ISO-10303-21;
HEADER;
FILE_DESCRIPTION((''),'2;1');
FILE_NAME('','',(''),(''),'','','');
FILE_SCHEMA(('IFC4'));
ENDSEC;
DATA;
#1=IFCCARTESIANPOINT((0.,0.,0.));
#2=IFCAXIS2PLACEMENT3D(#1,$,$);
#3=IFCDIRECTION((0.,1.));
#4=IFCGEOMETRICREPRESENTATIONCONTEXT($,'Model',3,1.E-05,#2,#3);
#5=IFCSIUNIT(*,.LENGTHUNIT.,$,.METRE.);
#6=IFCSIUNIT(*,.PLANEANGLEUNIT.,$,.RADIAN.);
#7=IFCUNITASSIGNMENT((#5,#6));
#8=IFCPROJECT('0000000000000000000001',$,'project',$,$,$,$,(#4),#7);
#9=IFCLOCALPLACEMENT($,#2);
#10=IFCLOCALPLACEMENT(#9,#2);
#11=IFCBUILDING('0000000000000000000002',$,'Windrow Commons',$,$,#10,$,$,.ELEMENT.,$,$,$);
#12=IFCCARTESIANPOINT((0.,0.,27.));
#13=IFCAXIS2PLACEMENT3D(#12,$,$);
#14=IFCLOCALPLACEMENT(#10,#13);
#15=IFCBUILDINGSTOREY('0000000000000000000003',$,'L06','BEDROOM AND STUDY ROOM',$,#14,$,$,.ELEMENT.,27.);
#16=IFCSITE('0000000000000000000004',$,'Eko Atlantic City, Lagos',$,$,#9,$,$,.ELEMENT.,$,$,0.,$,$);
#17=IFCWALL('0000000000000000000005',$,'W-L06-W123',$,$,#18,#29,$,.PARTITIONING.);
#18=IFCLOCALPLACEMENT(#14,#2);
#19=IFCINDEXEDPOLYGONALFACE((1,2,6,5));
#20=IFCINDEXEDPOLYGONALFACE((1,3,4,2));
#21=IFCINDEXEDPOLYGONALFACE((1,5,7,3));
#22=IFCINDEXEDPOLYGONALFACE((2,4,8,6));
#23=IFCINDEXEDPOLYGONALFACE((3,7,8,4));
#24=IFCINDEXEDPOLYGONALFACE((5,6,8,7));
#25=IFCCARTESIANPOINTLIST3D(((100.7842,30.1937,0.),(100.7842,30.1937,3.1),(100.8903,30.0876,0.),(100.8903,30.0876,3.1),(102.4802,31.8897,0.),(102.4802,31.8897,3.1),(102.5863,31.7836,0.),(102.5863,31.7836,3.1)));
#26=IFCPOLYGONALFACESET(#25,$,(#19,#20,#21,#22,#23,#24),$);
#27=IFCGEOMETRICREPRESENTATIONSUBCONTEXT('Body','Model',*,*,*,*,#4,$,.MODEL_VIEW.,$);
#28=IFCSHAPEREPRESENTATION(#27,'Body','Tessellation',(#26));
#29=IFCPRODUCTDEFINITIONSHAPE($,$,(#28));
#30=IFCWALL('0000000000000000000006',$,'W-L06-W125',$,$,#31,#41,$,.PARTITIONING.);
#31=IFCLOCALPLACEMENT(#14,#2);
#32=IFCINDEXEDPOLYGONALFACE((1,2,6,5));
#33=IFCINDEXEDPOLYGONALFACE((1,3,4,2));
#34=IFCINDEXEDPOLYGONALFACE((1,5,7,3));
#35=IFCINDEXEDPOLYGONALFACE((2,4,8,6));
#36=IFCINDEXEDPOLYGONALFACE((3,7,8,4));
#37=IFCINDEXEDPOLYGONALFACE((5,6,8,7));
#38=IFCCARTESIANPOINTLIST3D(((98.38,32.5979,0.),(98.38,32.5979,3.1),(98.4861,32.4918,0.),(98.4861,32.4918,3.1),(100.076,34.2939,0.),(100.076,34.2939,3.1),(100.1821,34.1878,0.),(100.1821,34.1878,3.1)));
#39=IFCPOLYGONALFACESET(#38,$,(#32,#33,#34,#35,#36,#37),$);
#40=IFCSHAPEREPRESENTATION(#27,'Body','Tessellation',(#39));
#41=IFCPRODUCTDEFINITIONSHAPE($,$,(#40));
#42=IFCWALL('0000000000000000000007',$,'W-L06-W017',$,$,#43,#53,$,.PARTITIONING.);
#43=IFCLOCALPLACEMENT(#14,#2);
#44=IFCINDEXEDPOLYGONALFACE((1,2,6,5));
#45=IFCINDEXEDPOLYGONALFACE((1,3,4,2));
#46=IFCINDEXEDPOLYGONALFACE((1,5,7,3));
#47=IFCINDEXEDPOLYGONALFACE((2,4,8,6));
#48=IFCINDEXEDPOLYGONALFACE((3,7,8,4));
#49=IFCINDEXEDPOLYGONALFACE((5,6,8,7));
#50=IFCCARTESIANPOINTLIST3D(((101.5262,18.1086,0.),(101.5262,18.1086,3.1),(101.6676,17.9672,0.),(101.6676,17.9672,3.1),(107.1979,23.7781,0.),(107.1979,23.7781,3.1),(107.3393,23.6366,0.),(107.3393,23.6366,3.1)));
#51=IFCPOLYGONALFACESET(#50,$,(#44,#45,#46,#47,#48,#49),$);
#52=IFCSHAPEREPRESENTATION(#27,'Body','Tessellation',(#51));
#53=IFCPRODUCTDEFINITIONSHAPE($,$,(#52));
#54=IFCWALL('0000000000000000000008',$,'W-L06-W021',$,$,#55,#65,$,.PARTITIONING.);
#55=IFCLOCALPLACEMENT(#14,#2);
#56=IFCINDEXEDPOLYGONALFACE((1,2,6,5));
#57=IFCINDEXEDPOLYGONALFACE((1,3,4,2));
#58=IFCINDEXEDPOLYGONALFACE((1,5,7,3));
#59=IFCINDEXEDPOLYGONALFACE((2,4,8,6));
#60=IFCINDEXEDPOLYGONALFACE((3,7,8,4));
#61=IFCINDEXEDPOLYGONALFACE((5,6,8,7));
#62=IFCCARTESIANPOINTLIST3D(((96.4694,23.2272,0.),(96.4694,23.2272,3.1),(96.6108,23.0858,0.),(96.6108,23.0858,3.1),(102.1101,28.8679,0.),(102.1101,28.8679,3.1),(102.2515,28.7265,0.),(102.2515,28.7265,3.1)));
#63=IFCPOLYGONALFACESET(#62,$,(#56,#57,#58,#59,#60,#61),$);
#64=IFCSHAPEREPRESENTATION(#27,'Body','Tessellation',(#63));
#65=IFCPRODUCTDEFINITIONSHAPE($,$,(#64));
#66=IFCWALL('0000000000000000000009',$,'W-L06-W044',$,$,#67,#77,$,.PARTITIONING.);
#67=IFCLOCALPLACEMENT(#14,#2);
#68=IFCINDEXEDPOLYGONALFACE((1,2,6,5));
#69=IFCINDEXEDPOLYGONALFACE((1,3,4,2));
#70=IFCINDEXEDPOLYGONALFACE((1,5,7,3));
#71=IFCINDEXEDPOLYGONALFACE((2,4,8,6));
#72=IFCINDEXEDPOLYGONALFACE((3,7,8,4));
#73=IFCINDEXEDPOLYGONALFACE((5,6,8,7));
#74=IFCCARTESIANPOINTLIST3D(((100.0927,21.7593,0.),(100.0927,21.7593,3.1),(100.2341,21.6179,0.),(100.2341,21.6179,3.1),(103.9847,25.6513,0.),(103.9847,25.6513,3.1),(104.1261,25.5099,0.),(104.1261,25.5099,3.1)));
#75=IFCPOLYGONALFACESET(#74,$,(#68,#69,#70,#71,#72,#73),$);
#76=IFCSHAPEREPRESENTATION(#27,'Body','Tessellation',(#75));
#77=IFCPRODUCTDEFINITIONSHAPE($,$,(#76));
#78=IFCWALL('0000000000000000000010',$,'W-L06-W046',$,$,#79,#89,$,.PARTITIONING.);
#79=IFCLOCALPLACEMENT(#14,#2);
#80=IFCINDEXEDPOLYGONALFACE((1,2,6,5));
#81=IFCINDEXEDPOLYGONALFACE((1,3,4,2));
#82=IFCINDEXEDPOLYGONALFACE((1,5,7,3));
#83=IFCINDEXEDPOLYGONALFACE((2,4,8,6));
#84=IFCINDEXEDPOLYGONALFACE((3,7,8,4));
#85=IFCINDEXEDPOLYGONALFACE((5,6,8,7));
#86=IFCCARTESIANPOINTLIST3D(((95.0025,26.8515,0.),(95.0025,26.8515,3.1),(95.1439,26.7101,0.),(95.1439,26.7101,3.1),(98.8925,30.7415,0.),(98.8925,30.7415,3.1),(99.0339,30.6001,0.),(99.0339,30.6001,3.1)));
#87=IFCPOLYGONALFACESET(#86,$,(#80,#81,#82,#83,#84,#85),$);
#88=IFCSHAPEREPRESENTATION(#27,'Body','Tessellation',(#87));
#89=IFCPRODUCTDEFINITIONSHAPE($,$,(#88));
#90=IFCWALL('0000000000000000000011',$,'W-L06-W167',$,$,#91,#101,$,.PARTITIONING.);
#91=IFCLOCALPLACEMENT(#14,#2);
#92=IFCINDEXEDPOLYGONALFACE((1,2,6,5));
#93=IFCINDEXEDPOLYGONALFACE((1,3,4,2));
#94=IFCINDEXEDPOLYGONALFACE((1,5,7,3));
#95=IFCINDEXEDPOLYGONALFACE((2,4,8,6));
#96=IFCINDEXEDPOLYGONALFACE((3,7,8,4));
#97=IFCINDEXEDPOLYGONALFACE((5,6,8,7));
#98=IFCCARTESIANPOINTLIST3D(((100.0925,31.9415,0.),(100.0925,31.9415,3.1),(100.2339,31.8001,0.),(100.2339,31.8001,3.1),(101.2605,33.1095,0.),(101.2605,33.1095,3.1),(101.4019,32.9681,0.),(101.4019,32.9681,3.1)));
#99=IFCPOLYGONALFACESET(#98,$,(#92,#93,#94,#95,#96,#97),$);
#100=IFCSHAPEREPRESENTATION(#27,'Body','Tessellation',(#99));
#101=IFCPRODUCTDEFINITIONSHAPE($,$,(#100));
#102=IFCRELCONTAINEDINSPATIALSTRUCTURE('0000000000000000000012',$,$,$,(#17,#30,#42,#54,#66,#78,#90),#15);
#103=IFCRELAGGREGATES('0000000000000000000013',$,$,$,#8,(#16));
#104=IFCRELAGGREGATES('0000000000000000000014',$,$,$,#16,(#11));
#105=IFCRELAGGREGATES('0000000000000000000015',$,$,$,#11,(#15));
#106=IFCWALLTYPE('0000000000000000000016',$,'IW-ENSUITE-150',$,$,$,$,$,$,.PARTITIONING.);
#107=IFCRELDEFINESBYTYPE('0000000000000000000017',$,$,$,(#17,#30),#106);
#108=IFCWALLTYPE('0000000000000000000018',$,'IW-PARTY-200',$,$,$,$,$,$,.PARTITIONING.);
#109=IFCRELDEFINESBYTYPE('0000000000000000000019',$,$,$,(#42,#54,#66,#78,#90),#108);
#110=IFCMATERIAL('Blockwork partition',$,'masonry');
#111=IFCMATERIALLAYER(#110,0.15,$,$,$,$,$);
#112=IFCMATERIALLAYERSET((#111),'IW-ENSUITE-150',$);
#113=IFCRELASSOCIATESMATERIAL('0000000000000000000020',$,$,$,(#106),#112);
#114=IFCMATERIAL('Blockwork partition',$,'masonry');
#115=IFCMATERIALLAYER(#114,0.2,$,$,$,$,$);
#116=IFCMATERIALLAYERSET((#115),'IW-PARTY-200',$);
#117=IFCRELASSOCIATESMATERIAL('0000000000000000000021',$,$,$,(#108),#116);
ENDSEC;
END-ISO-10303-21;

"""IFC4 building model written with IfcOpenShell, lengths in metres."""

from ifc_helpers import new_model, si_unit, direction, frame, frame_2d, origin, place, context, subcontext, project, spatial, rectangle, extrude, material, layer, layer_set, type_object, element, save


model = new_model("IFC4")

# Units and contexts
model_context = context("Model", 3, precision=1e-05, world=origin(), true_north=direction((0.0, 1.0)))
body_context = subcontext(model_context, "Body", "Model", "MODEL_VIEW")
ifc_project = project(units=[si_unit("LENGTHUNIT", "METRE"), si_unit("PLANEANGLEUNIT", "RADIAN")], contexts=[model_context])

# Site, building, storey
site_placement = place(None, origin())
site = spatial("IfcSite", under=ifc_project, at=site_placement, Name="Eko Atlantic City, Lagos", CompositionType="ELEMENT", RefElevation=0.0)
building_placement = place(site_placement, origin())
building = spatial("IfcBuilding", under=site, at=building_placement, Name="Windrow Commons", CompositionType="ELEMENT")
storey_placement = place(building_placement, frame((0.0, 0.0, 27.0)))
storey = spatial("IfcBuildingStorey", under=building, at=storey_placement, Name="L06", Description="BEDROOM AND STUDY ROOM", CompositionType="ELEMENT", Elevation=27.0)

# Shared definitions
ifc_material_1 = material(Name="Blockwork partition", Category="masonry")
ifc_layer_1 = layer(ifc_material_1, 0.15)
ifc_layer_set_1 = layer_set([ifc_layer_1], Name="IW-ENSUITE-150")
wall_type_1 = type_object("IfcWallType", Name="IW-ENSUITE-150", PredefinedType="PARTITIONING", material=ifc_layer_set_1)

# Walls
for number, where, z_axis, x_axis, name in (
    (1, (100.8373, 30.1407, 0.0), (0.0, 0.0, 1.0), (0.707107, 0.707107, 0.0), "W-L06-W123"),
    (2, (98.4331, 32.5449, 0.0), (0.0, 0.0, 1.0), (0.707107, 0.707107, 0.0), "W-L06-W125"),
):
    element("IfcWall", number, at=place(storey_placement, frame(where, z_axis=z_axis, x_axis=x_axis)), inside=storey, type_object=wall_type_1, Name=name, PredefinedType="PARTITIONING", context=body_context, shape_type="SweptSolid", body=[
        extrude(rectangle(XDim=2.3985, YDim=0.15, at=frame_2d((1.1992, 0.0))), origin(), (0.0, 0.0, 1.0), 3.1),
    ])
ifc_material_2 = material(Name="Blockwork partition", Category="masonry")
ifc_layer_2 = layer(ifc_material_2, 0.2)
ifc_layer_set_2 = layer_set([ifc_layer_2], Name="IW-PARTY-200")
wall_type_2 = type_object("IfcWallType", Name="IW-PARTY-200", PredefinedType="PARTITIONING", material=ifc_layer_set_2)
wall_1_placement = place(storey_placement, frame((101.5969, 18.0379, 0.0), z_axis=(0.0, 0.0, 1.0), x_axis=(0.707244, 0.70697, 0.0)))
element("IfcWall", 3, at=wall_1_placement, inside=storey, type_object=wall_type_2, Name="W-L06-W017", PredefinedType="PARTITIONING", context=body_context, shape_type="SweptSolid", body=[
    extrude(rectangle(XDim=8.0194, YDim=0.2, at=frame_2d((4.0097, 0.0))), origin(), (0.0, 0.0, 1.0), 3.1),
])
wall_2_placement = place(storey_placement, frame((96.5401, 23.1565, 0.0), z_axis=(0.0, 0.0, 1.0), x_axis=(0.707107, 0.707107, 0.0)))
element("IfcWall", 4, at=wall_2_placement, inside=storey, type_object=wall_type_2, Name="W-L06-W021", PredefinedType="PARTITIONING", context=body_context, shape_type="SweptSolid", body=[
    extrude(rectangle(XDim=7.9772, YDim=0.2, at=frame_2d((3.9886, 0.0))), origin(), (0.0, 0.0, 1.0), 3.1),
])
wall_3_placement = place(storey_placement, frame((100.1634, 21.6886, 0.0), z_axis=(0.0, 0.0, 1.0), x_axis=(0.707107, 0.707107, 0.0)))
element("IfcWall", 5, at=wall_3_placement, inside=storey, type_object=wall_type_2, Name="W-L06-W044", PredefinedType="PARTITIONING", context=body_context, shape_type="SweptSolid", body=[
    extrude(rectangle(XDim=5.5041, YDim=0.2, at=frame_2d((2.7521, 0.0))), origin(), (0.0, 0.0, 1.0), 3.1),
])
wall_4_placement = place(storey_placement, frame((95.0732, 26.7808, 0.0), z_axis=(0.0, 0.0, 1.0), x_axis=(0.707107, 0.707107, 0.0)))
element("IfcWall", 6, at=wall_4_placement, inside=storey, type_object=wall_type_2, Name="W-L06-W046", PredefinedType="PARTITIONING", context=body_context, shape_type="SweptSolid", body=[
    extrude(rectangle(XDim=5.5013, YDim=0.2, at=frame_2d((2.7506, 0.0))), origin(), (0.0, 0.0, 1.0), 3.1),
])
wall_5_placement = place(storey_placement, frame((100.1632, 31.8708, 0.0), z_axis=(0.0, 0.0, 1.0), x_axis=(0.707107, 0.707107, 0.0)))
element("IfcWall", 7, at=wall_5_placement, inside=storey, type_object=wall_type_2, Name="W-L06-W167", PredefinedType="PARTITIONING", context=body_context, shape_type="SweptSolid", body=[
    extrude(rectangle(XDim=1.6518, YDim=0.2, at=frame_2d((0.8259, 0.0))), origin(), (0.0, 0.0, 1.0), 3.1),
])

save(model, "model.ifc")
